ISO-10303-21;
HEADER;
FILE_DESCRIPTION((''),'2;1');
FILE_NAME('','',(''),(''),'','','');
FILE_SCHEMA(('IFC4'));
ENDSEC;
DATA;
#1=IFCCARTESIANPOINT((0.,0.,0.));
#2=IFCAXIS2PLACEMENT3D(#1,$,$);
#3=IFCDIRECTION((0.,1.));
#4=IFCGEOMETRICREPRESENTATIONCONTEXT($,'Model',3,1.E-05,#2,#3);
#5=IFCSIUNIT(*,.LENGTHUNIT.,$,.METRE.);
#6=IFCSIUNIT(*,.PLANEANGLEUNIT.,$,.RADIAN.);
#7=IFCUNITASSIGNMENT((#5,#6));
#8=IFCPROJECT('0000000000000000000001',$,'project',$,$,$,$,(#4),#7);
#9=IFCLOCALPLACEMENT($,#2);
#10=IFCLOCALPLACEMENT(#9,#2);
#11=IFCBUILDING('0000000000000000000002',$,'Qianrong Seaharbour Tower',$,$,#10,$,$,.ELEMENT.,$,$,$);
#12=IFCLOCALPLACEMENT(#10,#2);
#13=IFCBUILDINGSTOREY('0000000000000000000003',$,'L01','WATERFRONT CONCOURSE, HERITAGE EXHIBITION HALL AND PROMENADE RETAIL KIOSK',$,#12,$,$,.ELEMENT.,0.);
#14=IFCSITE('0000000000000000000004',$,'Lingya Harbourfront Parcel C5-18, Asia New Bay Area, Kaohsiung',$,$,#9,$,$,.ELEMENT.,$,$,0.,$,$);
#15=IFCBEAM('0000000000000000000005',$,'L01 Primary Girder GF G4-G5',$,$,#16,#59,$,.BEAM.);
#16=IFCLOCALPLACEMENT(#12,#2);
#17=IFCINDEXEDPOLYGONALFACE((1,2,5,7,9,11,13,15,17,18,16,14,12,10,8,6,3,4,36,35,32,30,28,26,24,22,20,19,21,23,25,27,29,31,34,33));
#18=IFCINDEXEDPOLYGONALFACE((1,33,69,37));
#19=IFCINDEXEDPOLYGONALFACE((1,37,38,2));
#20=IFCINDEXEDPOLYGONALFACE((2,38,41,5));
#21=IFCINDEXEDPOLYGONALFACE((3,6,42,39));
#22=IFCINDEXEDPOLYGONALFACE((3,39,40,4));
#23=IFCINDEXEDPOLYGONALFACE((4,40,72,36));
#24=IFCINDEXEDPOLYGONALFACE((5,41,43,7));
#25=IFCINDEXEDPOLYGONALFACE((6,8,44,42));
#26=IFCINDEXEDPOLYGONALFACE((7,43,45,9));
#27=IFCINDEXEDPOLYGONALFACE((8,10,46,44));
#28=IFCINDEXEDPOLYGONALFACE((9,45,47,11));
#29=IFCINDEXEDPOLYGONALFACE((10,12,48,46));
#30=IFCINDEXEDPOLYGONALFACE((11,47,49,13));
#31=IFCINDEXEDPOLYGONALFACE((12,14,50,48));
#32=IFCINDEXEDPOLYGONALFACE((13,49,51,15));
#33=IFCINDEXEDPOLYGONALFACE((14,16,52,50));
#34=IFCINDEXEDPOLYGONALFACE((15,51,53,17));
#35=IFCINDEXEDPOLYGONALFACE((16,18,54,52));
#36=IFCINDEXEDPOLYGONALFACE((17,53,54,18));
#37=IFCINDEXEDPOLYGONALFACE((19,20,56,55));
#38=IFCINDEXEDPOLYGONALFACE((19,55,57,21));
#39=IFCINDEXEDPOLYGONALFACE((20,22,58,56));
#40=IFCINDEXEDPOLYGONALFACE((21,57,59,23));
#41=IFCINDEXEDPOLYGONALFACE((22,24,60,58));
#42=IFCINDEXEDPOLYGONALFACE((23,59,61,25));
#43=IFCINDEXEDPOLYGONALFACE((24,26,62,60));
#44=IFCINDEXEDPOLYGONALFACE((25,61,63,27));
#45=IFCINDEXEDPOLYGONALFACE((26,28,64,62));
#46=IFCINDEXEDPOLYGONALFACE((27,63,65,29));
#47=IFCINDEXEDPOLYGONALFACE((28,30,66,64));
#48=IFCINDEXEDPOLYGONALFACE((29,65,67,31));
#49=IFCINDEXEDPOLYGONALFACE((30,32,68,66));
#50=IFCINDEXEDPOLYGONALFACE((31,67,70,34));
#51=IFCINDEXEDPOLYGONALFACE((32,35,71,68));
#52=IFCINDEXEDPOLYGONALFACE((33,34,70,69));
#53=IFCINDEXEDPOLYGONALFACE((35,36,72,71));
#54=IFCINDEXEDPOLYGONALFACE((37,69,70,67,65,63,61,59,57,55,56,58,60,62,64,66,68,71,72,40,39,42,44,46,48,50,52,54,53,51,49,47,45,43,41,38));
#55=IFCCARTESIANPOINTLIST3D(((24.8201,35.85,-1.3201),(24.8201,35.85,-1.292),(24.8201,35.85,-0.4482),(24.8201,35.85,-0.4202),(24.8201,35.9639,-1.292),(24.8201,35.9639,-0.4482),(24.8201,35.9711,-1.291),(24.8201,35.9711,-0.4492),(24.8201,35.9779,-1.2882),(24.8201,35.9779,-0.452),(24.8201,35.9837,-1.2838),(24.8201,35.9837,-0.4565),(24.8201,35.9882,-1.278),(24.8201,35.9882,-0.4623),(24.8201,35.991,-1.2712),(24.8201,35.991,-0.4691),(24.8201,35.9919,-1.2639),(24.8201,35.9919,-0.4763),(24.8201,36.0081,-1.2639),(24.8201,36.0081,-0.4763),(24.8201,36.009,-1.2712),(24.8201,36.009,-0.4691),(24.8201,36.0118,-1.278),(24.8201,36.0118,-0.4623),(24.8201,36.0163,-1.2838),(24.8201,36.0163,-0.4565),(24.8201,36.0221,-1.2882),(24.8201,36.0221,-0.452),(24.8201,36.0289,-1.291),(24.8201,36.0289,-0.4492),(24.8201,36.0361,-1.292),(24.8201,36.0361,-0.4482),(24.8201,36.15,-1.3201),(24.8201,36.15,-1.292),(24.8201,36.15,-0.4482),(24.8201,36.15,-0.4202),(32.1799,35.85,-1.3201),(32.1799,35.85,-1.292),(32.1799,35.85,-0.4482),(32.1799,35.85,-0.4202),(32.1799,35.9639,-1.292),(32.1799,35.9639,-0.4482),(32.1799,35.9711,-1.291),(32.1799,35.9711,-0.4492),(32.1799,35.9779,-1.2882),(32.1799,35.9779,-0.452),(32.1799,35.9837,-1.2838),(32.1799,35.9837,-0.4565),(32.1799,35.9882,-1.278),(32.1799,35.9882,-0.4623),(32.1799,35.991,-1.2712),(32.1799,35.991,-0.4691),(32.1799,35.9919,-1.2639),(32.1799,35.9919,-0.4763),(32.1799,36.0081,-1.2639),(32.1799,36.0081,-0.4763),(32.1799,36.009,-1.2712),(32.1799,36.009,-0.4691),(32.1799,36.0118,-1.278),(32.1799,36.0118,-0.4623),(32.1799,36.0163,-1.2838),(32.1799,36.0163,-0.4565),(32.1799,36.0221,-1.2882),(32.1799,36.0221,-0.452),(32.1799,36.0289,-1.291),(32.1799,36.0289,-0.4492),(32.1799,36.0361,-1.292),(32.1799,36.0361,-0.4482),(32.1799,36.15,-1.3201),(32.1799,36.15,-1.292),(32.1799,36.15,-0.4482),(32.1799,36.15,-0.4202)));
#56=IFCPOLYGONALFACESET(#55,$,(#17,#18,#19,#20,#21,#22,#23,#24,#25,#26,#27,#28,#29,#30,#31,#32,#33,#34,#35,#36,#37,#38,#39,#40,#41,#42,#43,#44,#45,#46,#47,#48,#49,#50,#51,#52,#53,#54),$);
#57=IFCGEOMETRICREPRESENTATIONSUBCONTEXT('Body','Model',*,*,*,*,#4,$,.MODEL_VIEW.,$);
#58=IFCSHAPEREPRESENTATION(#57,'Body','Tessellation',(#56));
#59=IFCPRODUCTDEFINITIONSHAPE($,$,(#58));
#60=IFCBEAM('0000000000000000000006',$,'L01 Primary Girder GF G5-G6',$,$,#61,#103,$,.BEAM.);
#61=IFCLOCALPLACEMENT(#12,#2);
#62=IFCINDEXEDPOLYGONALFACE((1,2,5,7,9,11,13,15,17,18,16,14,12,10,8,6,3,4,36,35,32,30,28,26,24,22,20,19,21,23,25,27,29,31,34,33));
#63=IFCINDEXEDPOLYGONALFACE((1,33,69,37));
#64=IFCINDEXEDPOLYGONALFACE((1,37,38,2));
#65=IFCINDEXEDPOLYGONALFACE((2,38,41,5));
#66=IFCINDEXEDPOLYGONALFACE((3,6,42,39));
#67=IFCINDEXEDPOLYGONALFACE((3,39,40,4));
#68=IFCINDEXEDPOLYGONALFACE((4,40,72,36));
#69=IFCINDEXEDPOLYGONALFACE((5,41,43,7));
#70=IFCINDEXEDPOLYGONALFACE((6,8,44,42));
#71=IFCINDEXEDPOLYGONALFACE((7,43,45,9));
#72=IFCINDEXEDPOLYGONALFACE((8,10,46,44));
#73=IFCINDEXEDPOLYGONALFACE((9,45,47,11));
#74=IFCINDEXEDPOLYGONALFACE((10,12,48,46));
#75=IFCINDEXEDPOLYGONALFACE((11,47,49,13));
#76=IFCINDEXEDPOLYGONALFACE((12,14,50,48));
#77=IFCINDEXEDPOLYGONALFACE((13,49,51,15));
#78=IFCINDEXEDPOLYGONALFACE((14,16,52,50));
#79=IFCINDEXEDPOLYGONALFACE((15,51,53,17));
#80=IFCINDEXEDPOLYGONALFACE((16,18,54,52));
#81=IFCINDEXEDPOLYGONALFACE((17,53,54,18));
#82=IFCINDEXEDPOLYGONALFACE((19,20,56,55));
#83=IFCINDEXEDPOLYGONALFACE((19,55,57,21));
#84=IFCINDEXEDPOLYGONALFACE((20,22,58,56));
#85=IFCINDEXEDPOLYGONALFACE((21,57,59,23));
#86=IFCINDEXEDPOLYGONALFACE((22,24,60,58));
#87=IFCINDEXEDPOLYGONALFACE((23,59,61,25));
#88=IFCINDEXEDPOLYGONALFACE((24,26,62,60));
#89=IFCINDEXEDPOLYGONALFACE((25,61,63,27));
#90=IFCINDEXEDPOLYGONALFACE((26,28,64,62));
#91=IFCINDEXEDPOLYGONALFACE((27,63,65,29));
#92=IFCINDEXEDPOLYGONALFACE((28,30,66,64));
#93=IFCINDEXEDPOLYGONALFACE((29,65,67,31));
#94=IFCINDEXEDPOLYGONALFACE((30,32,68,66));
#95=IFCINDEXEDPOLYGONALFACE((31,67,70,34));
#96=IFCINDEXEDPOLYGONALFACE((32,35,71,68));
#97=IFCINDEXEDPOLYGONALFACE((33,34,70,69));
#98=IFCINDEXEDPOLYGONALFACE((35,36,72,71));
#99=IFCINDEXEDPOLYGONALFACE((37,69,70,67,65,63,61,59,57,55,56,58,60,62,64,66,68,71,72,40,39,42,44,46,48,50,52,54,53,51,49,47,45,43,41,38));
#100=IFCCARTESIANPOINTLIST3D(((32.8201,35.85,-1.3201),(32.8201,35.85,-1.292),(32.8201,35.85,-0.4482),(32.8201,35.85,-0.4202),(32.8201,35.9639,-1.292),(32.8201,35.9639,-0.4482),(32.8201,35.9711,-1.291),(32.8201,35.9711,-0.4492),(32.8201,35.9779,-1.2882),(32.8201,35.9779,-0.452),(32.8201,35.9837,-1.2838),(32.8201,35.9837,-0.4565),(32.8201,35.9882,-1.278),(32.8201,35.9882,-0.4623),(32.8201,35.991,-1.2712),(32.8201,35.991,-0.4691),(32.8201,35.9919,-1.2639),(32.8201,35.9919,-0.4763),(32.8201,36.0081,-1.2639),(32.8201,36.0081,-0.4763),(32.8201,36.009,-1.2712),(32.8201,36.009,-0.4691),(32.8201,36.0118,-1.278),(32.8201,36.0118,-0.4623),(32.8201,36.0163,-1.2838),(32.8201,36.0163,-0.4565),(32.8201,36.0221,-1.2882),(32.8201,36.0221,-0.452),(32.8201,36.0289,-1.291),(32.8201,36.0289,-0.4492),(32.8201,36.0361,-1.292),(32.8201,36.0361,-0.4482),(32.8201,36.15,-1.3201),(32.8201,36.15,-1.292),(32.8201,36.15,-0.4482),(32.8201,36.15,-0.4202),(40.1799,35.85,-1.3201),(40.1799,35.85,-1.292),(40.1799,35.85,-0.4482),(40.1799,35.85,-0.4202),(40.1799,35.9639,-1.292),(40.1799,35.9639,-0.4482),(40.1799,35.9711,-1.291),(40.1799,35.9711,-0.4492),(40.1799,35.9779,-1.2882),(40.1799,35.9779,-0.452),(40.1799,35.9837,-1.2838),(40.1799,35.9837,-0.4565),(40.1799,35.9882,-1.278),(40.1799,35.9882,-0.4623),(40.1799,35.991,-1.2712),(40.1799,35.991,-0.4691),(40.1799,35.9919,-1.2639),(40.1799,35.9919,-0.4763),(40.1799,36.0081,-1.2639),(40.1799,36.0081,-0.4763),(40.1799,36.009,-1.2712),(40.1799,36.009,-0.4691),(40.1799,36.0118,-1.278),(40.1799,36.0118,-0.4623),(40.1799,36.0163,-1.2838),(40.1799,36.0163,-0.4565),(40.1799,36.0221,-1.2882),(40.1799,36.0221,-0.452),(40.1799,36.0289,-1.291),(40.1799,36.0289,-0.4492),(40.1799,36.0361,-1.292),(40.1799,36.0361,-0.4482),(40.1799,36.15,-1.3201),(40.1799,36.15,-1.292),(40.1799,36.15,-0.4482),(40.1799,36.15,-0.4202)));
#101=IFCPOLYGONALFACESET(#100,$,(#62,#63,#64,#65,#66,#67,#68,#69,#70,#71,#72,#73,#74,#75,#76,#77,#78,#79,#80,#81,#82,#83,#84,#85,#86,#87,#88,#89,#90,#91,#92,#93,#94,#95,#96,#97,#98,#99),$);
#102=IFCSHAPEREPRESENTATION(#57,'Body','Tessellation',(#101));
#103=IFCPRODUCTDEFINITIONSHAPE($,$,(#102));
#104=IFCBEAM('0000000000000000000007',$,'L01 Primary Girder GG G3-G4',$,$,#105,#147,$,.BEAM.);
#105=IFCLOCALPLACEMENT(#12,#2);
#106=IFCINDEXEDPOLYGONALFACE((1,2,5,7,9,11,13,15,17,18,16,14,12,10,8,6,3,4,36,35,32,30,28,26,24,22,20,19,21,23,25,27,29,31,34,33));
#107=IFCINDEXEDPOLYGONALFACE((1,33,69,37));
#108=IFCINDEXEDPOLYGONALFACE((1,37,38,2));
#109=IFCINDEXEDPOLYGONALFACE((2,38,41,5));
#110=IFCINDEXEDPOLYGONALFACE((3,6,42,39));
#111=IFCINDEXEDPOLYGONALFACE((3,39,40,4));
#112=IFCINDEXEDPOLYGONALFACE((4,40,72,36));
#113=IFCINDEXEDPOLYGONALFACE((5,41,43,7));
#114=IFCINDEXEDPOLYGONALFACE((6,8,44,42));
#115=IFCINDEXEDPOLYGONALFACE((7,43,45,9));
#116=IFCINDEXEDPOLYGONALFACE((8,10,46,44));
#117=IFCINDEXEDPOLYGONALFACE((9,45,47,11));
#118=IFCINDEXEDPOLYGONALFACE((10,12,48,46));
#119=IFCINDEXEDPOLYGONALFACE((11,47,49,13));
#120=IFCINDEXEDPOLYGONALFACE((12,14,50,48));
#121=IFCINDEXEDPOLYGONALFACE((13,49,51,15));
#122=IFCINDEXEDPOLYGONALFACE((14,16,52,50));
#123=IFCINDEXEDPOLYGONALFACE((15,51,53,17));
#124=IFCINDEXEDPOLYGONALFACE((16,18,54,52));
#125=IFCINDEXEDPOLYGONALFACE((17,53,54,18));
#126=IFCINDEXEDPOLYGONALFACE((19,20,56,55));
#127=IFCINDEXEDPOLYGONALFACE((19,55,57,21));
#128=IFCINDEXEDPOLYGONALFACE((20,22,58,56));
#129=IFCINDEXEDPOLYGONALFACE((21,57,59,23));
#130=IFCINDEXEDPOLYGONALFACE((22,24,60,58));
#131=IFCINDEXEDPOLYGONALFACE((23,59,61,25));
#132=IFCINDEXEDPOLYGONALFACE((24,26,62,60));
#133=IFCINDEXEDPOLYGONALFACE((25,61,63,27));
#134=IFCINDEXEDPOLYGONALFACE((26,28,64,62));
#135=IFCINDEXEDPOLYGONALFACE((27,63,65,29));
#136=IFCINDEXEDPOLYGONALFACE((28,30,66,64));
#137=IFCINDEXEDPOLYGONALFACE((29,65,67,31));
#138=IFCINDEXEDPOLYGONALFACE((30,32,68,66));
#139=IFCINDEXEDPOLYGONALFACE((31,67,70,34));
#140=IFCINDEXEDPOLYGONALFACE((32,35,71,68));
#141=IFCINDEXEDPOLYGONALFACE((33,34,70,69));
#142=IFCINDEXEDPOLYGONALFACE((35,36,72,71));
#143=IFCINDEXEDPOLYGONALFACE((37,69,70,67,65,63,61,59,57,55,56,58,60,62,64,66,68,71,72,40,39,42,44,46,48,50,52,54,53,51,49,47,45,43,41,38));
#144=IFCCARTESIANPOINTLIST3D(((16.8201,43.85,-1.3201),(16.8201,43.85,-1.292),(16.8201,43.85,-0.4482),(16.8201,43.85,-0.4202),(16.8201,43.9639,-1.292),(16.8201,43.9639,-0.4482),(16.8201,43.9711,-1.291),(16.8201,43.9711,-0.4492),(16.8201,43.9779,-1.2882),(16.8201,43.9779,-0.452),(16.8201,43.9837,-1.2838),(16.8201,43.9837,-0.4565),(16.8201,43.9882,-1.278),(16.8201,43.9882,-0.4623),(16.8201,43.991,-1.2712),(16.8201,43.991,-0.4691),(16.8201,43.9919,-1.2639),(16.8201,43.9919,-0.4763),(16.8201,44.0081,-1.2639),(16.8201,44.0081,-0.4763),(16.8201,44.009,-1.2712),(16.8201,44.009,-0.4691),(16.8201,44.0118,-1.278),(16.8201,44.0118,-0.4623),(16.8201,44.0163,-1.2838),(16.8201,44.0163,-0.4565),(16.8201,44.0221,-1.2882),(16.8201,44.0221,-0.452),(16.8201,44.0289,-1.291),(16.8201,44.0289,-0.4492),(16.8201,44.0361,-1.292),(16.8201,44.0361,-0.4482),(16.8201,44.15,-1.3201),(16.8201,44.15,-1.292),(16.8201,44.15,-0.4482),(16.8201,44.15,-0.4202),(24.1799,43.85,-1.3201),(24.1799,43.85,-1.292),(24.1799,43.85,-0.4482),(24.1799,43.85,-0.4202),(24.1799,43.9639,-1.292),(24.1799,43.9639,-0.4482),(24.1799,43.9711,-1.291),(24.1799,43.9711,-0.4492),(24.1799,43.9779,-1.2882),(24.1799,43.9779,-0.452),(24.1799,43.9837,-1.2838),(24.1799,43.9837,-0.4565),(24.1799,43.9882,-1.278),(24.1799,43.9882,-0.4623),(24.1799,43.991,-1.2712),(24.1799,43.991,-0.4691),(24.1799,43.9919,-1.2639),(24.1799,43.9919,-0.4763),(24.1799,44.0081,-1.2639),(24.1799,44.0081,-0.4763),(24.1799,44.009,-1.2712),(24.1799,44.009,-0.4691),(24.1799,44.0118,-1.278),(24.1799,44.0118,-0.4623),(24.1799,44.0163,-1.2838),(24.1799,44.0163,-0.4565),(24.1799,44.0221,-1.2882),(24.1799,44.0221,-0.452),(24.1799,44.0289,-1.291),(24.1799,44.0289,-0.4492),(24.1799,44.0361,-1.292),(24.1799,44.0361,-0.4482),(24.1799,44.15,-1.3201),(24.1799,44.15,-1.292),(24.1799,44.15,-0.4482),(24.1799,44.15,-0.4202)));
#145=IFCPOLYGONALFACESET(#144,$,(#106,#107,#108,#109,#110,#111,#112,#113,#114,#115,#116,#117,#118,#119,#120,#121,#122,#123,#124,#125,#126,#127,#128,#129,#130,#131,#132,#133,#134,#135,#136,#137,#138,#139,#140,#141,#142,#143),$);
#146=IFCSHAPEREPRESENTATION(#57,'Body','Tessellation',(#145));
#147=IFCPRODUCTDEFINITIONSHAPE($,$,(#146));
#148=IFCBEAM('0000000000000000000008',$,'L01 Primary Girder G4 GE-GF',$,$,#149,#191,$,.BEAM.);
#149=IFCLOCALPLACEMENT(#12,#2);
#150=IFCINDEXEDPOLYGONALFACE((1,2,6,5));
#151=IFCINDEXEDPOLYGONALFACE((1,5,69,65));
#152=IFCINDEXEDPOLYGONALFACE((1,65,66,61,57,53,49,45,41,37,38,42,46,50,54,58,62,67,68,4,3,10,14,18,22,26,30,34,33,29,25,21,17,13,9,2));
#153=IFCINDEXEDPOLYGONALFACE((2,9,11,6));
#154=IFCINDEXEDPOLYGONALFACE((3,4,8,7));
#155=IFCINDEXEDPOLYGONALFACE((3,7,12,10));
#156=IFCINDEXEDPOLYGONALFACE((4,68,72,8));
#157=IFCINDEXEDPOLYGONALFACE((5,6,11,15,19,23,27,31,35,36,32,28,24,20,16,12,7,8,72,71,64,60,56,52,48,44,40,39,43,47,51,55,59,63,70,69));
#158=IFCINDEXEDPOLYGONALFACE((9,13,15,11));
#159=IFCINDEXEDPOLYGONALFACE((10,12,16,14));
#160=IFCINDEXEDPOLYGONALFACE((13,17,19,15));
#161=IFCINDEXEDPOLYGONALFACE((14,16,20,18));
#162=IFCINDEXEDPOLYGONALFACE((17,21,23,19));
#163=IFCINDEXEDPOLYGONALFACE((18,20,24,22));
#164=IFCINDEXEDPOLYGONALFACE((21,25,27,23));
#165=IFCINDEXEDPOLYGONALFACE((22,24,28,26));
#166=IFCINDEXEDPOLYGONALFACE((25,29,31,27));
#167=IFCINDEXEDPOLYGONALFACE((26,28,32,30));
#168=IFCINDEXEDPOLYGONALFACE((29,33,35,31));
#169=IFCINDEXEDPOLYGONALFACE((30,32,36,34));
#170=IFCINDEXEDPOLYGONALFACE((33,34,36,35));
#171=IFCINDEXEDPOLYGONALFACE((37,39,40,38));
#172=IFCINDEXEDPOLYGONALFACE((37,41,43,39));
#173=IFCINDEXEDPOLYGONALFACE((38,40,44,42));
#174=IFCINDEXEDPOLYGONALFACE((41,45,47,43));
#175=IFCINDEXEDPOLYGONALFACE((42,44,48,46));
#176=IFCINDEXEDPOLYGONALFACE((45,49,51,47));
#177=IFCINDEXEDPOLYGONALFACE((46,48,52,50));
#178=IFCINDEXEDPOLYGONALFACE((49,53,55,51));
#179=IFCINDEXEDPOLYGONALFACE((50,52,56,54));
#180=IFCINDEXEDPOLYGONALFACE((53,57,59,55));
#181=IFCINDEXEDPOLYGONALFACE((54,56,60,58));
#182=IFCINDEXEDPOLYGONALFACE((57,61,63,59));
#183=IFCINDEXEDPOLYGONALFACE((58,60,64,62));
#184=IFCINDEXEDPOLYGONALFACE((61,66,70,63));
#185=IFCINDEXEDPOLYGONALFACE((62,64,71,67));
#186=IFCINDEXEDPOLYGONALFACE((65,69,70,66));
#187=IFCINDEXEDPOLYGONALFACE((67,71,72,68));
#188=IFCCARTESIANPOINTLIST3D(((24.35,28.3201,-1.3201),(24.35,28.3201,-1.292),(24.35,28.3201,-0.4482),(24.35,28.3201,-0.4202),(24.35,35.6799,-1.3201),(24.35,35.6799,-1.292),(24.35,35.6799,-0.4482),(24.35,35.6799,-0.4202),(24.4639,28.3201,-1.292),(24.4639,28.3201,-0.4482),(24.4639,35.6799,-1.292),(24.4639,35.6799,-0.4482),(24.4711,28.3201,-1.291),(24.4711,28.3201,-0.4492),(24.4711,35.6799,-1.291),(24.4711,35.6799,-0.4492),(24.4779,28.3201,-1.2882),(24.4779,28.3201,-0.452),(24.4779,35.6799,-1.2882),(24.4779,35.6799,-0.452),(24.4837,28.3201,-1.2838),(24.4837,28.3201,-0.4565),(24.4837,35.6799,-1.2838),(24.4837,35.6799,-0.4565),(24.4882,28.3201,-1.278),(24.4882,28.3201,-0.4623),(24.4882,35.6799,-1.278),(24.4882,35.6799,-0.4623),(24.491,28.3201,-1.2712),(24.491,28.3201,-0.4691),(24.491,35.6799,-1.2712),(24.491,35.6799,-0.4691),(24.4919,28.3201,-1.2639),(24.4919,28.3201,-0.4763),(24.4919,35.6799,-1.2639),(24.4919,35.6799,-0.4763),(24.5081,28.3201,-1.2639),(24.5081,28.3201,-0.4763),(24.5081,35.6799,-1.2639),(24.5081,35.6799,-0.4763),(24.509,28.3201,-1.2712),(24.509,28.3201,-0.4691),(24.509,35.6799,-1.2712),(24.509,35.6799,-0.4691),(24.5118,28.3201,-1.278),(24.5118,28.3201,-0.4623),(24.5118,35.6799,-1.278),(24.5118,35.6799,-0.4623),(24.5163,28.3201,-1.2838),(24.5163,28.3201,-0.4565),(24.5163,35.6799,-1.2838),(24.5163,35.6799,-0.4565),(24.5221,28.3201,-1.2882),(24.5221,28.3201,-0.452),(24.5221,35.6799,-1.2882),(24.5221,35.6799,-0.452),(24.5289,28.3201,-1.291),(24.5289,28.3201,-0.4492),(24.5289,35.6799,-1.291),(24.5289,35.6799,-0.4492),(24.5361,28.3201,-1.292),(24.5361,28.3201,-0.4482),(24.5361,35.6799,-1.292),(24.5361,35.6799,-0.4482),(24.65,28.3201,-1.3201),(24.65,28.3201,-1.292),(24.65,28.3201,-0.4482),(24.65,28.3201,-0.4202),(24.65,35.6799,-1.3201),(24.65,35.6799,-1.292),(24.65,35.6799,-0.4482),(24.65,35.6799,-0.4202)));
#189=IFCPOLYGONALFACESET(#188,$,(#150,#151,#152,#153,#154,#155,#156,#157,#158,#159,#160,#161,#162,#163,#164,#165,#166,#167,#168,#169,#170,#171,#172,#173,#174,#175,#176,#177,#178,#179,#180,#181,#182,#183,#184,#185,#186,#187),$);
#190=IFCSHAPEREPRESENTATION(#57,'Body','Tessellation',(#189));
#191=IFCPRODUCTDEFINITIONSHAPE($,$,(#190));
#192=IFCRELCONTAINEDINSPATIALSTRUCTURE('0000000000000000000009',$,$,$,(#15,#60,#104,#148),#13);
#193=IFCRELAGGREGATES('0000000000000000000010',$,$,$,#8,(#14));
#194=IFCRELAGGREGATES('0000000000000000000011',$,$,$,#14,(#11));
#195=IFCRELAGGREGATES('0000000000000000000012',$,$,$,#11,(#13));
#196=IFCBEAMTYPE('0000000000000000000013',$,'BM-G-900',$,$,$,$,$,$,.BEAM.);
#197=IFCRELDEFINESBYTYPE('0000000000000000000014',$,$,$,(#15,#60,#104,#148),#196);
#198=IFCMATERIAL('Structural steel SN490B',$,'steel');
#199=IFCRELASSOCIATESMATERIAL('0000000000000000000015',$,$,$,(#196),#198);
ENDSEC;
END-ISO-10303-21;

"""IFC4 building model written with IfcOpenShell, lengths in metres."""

from ifc_helpers import new_model, si_unit, direction, frame, origin, origin_2d, place, context, subcontext, project, spatial, i_section, extrude, material, material_profile, profile_set, type_object, element, save


model = new_model("IFC4")

# Units and contexts
model_context = context("Model", 3, precision=1e-05, world=origin(), true_north=direction((0.0, 1.0)))
body_context = subcontext(model_context, "Body", "Model", "MODEL_VIEW")
ifc_project = project(units=[si_unit("LENGTHUNIT", "METRE"), si_unit("PLANEANGLEUNIT", "RADIAN")], contexts=[model_context])

# Site, building, storey
site_placement = place(None, origin())
site = spatial("IfcSite", under=ifc_project, at=site_placement, Name="Lingya Harbourfront Parcel C5-18, Asia New Bay Area, Kaohsiung", CompositionType="ELEMENT", RefElevation=0.0)
building_placement = place(site_placement, origin())
building = spatial("IfcBuilding", under=site, at=building_placement, Name="Qianrong Seaharbour Tower", CompositionType="ELEMENT")
storey_placement = place(building_placement, origin())
storey = spatial("IfcBuildingStorey", under=building, at=storey_placement, Name="L01", Description="WATERFRONT CONCOURSE, HERITAGE EXHIBITION HALL AND PROMENADE RETAIL KIOSK", CompositionType="ELEMENT", Elevation=0.0)

# Shared definitions
ifc_material_1 = material(Name="Structural steel SN490B", Category="steel")

# Beams
ifc_material_profile_1 = material_profile(ifc_material_1, i_section(OverallWidth=0.3, OverallDepth=0.8999, WebThickness=0.0161, FlangeThickness=0.0281, FilletRadius=0.0281, at=origin_2d()), Name="H900x300x16x28")
ifc_profile_set_1 = profile_set([ifc_material_profile_1], Name="Structural steel SN490B")
beam_type_1 = type_object("IfcBeamType", Name="BM-G-900", PredefinedType="BEAM", material=ifc_profile_set_1)
for number, where, z_axis, x_axis, name in (
    (1, (24.8201, 36.0, -0.8701), (1.0, 0.0, 0.0), (0.0, 1.0, 0.0), "L01 Primary Girder GF G4-G5"),
    (2, (32.8201, 36.0, -0.8701), (1.0, 0.0, 0.0), (0.0, 1.0, 0.0), "L01 Primary Girder GF G5-G6"),
    (3, (16.8201, 44.0, -0.8701), (1.0, 0.0, 0.0), (0.0, 1.0, 0.0), "L01 Primary Girder GG G3-G4"),
    (4, (24.5, 28.3201, -0.8701), (0.0, 1.0, 0.0), (-1.0, 0.0, 0.0), "L01 Primary Girder G4 GE-GF"),
):
    element("IfcBeam", number, at=place(storey_placement, frame(where, z_axis=z_axis, x_axis=x_axis)), inside=storey, type_object=beam_type_1, Name=name, PredefinedType="BEAM", context=body_context, shape_type="SweptSolid", body=[
        extrude(i_section(OverallWidth=0.3, OverallDepth=0.8999, WebThickness=0.0161, FlangeThickness=0.0281, FilletRadius=0.0281, at=origin_2d()), origin(), (0.0, 0.0, 1.0), 7.3599),
    ])

save(model, "model.ifc")
